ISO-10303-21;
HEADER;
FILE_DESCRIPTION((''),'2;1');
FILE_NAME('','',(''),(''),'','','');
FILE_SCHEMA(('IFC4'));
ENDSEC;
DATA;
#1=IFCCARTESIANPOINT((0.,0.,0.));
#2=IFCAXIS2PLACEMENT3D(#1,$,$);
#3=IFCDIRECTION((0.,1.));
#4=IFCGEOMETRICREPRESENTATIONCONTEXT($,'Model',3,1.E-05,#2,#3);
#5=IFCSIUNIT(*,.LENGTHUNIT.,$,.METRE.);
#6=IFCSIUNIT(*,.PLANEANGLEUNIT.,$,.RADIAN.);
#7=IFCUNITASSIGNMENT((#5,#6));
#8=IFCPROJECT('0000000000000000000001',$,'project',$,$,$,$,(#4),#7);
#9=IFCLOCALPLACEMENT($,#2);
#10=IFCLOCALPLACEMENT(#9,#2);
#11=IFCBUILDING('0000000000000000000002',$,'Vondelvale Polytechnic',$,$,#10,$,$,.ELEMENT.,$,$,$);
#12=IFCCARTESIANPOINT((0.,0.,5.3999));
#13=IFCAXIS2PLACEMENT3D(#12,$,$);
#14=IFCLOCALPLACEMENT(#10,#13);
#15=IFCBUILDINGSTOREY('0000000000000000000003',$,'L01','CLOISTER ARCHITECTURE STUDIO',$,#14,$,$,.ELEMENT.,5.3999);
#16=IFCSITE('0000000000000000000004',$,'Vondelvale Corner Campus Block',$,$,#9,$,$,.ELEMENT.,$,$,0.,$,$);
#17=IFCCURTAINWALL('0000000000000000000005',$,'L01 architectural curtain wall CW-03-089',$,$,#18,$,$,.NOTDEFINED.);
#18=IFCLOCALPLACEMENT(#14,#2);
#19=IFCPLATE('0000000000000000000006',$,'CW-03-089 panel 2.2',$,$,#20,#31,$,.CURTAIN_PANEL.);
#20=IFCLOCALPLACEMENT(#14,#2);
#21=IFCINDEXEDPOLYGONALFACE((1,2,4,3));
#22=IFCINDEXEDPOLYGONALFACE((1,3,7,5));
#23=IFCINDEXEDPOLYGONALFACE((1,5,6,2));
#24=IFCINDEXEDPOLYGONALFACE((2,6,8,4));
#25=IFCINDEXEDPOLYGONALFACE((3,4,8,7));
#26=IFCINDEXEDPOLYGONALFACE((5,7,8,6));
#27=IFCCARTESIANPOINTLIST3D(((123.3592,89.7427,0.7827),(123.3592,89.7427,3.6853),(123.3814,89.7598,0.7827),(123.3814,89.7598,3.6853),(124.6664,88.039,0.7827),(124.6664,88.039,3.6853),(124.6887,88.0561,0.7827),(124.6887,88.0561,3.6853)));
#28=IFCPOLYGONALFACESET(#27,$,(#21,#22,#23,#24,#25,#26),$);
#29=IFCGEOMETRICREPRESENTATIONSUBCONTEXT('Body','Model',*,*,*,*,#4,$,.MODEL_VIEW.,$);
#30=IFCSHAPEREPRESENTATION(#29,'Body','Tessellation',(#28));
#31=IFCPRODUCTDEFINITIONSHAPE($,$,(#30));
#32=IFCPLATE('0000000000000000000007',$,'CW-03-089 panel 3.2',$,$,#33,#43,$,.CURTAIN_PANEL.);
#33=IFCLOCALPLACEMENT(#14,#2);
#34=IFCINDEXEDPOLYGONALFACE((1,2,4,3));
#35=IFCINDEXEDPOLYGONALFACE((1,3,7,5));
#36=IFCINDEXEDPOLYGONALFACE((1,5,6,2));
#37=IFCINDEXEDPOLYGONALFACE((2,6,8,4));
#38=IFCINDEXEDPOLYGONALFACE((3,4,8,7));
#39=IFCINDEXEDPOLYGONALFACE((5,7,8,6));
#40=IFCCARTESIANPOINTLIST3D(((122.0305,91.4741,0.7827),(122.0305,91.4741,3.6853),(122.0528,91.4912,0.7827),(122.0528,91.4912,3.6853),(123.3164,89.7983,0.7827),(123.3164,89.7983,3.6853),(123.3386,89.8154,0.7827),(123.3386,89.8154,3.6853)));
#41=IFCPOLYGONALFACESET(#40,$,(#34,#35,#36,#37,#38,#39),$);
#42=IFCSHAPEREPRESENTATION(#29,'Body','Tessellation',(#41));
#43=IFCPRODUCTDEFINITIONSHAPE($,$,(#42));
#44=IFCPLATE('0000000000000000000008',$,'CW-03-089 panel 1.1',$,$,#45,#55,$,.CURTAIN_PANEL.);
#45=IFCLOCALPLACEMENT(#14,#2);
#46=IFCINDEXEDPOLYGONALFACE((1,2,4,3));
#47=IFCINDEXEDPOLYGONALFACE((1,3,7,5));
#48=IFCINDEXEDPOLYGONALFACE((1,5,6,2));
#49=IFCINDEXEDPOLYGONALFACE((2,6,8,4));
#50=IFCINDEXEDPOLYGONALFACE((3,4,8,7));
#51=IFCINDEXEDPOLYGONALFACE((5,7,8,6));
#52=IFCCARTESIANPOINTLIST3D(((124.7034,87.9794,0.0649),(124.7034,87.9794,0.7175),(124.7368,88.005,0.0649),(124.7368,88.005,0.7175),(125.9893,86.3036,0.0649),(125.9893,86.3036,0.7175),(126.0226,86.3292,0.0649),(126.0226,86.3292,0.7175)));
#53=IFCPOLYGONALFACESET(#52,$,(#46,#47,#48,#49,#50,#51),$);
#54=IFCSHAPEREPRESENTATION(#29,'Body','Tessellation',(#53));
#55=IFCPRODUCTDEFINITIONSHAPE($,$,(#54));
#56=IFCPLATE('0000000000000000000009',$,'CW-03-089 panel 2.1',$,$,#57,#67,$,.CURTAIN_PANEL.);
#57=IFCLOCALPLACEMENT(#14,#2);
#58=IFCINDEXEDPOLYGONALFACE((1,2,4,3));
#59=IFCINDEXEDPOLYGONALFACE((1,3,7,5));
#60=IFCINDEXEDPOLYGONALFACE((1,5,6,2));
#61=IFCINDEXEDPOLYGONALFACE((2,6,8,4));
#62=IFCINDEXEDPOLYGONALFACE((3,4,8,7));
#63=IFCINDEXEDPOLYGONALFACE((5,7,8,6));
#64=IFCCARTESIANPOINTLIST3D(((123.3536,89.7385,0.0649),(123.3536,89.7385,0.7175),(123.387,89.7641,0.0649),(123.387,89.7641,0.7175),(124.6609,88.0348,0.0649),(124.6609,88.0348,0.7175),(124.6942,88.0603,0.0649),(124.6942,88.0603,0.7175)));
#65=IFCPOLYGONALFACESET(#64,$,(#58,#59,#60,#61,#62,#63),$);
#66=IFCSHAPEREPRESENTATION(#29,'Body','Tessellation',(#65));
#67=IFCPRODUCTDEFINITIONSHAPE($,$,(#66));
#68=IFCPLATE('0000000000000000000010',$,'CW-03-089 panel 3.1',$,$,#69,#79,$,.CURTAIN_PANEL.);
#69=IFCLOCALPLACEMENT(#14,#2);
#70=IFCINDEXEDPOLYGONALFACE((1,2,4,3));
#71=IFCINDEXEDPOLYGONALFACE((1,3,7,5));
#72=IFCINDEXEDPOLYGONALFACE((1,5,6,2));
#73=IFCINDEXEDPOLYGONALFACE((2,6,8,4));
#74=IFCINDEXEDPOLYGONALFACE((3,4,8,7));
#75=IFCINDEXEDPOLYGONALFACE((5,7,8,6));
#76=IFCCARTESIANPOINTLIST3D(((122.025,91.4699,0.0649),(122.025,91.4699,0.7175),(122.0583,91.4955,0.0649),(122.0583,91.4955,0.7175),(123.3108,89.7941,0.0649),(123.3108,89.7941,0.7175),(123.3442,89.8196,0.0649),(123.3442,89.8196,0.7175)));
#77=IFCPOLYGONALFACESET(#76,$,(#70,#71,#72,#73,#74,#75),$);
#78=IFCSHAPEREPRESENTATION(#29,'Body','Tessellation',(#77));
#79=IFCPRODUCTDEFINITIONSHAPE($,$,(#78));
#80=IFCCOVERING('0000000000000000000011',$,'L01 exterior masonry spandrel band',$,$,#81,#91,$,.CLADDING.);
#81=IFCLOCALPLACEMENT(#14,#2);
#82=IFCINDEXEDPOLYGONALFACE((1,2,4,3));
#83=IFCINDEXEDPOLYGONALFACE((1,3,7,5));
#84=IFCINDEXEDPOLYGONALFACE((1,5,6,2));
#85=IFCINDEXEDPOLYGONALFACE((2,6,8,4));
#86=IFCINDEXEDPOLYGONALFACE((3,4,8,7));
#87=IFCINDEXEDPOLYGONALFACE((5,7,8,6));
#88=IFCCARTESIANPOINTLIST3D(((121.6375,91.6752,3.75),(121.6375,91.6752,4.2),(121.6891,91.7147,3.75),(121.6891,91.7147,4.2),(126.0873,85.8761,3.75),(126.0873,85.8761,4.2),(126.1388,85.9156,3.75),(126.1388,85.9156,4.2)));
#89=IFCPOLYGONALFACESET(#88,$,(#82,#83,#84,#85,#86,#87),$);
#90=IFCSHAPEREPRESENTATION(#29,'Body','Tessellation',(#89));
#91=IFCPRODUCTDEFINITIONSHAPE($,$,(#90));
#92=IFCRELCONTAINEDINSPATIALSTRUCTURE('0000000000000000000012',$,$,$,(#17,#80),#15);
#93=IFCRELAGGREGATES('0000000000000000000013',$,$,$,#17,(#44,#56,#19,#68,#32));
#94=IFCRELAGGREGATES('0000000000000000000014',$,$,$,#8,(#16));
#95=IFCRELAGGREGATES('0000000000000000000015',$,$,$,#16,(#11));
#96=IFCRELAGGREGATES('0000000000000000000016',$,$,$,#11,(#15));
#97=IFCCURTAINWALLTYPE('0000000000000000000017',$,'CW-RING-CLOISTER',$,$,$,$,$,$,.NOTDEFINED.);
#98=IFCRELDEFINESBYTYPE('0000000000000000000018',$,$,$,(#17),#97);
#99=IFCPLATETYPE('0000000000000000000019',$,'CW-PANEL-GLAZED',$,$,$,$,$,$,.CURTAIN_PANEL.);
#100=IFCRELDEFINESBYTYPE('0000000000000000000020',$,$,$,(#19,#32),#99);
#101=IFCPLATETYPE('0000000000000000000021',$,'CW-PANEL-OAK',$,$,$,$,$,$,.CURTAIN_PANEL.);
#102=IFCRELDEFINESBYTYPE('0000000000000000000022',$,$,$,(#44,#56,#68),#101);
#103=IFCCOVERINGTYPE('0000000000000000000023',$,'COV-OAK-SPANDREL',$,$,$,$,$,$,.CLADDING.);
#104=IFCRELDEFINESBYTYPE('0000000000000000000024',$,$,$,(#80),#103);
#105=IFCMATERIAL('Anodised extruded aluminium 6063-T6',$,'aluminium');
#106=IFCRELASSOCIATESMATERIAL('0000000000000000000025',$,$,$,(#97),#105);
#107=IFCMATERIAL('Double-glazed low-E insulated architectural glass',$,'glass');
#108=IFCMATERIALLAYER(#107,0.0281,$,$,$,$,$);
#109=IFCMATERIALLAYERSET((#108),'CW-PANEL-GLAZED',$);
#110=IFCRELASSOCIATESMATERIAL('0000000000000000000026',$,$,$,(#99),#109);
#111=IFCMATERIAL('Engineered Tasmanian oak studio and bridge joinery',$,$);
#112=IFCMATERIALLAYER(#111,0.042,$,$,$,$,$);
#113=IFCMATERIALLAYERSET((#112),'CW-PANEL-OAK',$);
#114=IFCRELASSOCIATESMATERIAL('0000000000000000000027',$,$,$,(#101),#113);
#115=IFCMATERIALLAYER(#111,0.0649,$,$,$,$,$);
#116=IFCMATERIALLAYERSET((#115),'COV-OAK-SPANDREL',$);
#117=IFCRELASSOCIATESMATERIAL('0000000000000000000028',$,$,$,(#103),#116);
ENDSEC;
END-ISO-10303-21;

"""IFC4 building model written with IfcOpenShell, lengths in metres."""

from ifc_helpers import new_model, si_unit, direction, frame, origin, origin_2d, place, context, subcontext, project, spatial, rectangle, extrude, material, layer, layer_set, type_object, element, aggregate, save


model = new_model("IFC4")

# Units and contexts
model_context = context("Model", 3, precision=1e-05, world=origin(), true_north=direction((0.0, 1.0)))
body_context = subcontext(model_context, "Body", "Model", "MODEL_VIEW")
ifc_project = project(units=[si_unit("LENGTHUNIT", "METRE"), si_unit("PLANEANGLEUNIT", "RADIAN")], contexts=[model_context])

# Site, building, storey
site_placement = place(None, origin())
site = spatial("IfcSite", under=ifc_project, at=site_placement, Name="Vondelvale Corner Campus Block", CompositionType="ELEMENT", RefElevation=0.0)
building_placement = place(site_placement, origin())
building = spatial("IfcBuilding", under=site, at=building_placement, Name="Vondelvale Polytechnic", CompositionType="ELEMENT")
storey_placement = place(building_placement, frame((0.0, 0.0, 5.3999)))
storey = spatial("IfcBuildingStorey", under=building, at=storey_placement, Name="L01", Description="CLOISTER ARCHITECTURE STUDIO", CompositionType="ELEMENT", Elevation=5.3999)

# Shared definitions
ifc_material_1 = material(Name="Anodised extruded aluminium 6063-T6", Category="aluminium")
curtain_wall_type = type_object("IfcCurtainWallType", Name="CW-RING-CLOISTER", PredefinedType="NOTDEFINED", material=ifc_material_1)

# Curtain wall
curtain_wall_1_placement = place(storey_placement, origin())
curtain_wall_1 = element("IfcCurtainWall", 1, at=curtain_wall_1_placement, inside=storey, type_object=curtain_wall_type, Name="L01 architectural curtain wall CW-03-089", PredefinedType="NOTDEFINED")

# Plates
ifc_material_2 = material(Name="Double-glazed low-E insulated architectural glass", Category="glass")
ifc_layer_1 = layer(ifc_material_2, 0.0281)
ifc_layer_set_1 = layer_set([ifc_layer_1], Name="CW-PANEL-GLAZED")
plate_type_1 = type_object("IfcPlateType", Name="CW-PANEL-GLAZED", PredefinedType="CURTAIN_PANEL", material=ifc_layer_set_1)
plate_1_placement = place(storey_placement, frame((124.0239, 88.8994, 0.7827), z_axis=(0.0, 0.0, 1.0), x_axis=(-0.608748, 0.793364, 0.0)))
plate_1 = element("IfcPlate", 2, at=plate_1_placement, type_object=plate_type_1, Name="CW-03-089 panel 2.2", PredefinedType="CURTAIN_PANEL", context=body_context, shape_type="SweptSolid", body=[
    extrude(rectangle(XDim=2.1475, YDim=0.0281, at=origin_2d()), origin(), (0.0, 0.0, 1.0), 2.9026),
])
plate_2_placement = place(storey_placement, frame((122.6846, 90.6448, 0.7827), z_axis=(0.0, 0.0, 1.0), x_axis=(-0.608748, 0.793364, 0.0)))
plate_2 = element("IfcPlate", 3, at=plate_2_placement, type_object=plate_type_1, Name="CW-03-089 panel 3.2", PredefinedType="CURTAIN_PANEL", context=body_context, shape_type="SweptSolid", body=[
    extrude(rectangle(XDim=2.1123, YDim=0.0281, at=origin_2d()), origin(), (0.0, 0.0, 1.0), 2.9026),
])
ifc_material_3 = material(Name="Engineered Tasmanian oak studio and bridge joinery")
ifc_layer_2 = layer(ifc_material_3, 0.042)
ifc_layer_set_2 = layer_set([ifc_layer_2], Name="CW-PANEL-OAK")
plate_type_2 = type_object("IfcPlateType", Name="CW-PANEL-OAK", PredefinedType="CURTAIN_PANEL", material=ifc_layer_set_2)
plate_3_placement = place(storey_placement, frame((125.363, 87.1543, 0.0649), z_axis=(0.0, 0.0, 1.0), x_axis=(-0.608748, 0.793364, 0.0)))
plate_3 = element("IfcPlate", 4, at=plate_3_placement, type_object=plate_type_2, Name="CW-03-089 panel 1.1", PredefinedType="CURTAIN_PANEL", context=body_context, shape_type="SweptSolid", body=[
    extrude(rectangle(XDim=2.1123, YDim=0.042, at=origin_2d()), origin(), (0.0, 0.0, 1.0), 0.6526),
])
plate_4_placement = place(storey_placement, frame((124.0239, 88.8994, 0.0649), z_axis=(0.0, 0.0, 1.0), x_axis=(-0.608748, 0.793364, 0.0)))
plate_4 = element("IfcPlate", 5, at=plate_4_placement, type_object=plate_type_2, Name="CW-03-089 panel 2.1", PredefinedType="CURTAIN_PANEL", context=body_context, shape_type="SweptSolid", body=[
    extrude(rectangle(XDim=2.1475, YDim=0.042, at=origin_2d()), origin(), (0.0, 0.0, 1.0), 0.6526),
])
plate_5_placement = place(storey_placement, frame((122.6846, 90.6448, 0.0649), z_axis=(0.0, 0.0, 1.0), x_axis=(-0.608748, 0.793364, 0.0)))
plate_5 = element("IfcPlate", 6, at=plate_5_placement, type_object=plate_type_2, Name="CW-03-089 panel 3.1", PredefinedType="CURTAIN_PANEL", context=body_context, shape_type="SweptSolid", body=[
    extrude(rectangle(XDim=2.1123, YDim=0.042, at=origin_2d()), origin(), (0.0, 0.0, 1.0), 0.6526),
])
aggregate(curtain_wall_1, [plate_3, plate_4, plate_1, plate_5, plate_2])

# Covering
ifc_layer_3 = layer(ifc_material_3, 0.0649)
ifc_layer_set_3 = layer_set([ifc_layer_3], Name="COV-OAK-SPANDREL")
covering_type = type_object("IfcCoveringType", Name="COV-OAK-SPANDREL", PredefinedType="CLADDING", material=ifc_layer_set_3)
covering_placement = place(storey_placement, frame((123.8882, 88.7954, 3.75), z_axis=(0.0, 0.0, 1.0), x_axis=(-0.608761, 0.793353, 0.0)))
element("IfcCovering", 7, at=covering_placement, inside=storey, type_object=covering_type, Name="L01 exterior masonry spandrel band", PredefinedType="CLADDING", context=body_context, shape_type="SweptSolid", body=[
    extrude(rectangle(XDim=7.3096, YDim=0.0649, at=origin_2d()), origin(), (0.0, 0.0, 1.0), 0.45),
])

save(model, "model.ifc")
